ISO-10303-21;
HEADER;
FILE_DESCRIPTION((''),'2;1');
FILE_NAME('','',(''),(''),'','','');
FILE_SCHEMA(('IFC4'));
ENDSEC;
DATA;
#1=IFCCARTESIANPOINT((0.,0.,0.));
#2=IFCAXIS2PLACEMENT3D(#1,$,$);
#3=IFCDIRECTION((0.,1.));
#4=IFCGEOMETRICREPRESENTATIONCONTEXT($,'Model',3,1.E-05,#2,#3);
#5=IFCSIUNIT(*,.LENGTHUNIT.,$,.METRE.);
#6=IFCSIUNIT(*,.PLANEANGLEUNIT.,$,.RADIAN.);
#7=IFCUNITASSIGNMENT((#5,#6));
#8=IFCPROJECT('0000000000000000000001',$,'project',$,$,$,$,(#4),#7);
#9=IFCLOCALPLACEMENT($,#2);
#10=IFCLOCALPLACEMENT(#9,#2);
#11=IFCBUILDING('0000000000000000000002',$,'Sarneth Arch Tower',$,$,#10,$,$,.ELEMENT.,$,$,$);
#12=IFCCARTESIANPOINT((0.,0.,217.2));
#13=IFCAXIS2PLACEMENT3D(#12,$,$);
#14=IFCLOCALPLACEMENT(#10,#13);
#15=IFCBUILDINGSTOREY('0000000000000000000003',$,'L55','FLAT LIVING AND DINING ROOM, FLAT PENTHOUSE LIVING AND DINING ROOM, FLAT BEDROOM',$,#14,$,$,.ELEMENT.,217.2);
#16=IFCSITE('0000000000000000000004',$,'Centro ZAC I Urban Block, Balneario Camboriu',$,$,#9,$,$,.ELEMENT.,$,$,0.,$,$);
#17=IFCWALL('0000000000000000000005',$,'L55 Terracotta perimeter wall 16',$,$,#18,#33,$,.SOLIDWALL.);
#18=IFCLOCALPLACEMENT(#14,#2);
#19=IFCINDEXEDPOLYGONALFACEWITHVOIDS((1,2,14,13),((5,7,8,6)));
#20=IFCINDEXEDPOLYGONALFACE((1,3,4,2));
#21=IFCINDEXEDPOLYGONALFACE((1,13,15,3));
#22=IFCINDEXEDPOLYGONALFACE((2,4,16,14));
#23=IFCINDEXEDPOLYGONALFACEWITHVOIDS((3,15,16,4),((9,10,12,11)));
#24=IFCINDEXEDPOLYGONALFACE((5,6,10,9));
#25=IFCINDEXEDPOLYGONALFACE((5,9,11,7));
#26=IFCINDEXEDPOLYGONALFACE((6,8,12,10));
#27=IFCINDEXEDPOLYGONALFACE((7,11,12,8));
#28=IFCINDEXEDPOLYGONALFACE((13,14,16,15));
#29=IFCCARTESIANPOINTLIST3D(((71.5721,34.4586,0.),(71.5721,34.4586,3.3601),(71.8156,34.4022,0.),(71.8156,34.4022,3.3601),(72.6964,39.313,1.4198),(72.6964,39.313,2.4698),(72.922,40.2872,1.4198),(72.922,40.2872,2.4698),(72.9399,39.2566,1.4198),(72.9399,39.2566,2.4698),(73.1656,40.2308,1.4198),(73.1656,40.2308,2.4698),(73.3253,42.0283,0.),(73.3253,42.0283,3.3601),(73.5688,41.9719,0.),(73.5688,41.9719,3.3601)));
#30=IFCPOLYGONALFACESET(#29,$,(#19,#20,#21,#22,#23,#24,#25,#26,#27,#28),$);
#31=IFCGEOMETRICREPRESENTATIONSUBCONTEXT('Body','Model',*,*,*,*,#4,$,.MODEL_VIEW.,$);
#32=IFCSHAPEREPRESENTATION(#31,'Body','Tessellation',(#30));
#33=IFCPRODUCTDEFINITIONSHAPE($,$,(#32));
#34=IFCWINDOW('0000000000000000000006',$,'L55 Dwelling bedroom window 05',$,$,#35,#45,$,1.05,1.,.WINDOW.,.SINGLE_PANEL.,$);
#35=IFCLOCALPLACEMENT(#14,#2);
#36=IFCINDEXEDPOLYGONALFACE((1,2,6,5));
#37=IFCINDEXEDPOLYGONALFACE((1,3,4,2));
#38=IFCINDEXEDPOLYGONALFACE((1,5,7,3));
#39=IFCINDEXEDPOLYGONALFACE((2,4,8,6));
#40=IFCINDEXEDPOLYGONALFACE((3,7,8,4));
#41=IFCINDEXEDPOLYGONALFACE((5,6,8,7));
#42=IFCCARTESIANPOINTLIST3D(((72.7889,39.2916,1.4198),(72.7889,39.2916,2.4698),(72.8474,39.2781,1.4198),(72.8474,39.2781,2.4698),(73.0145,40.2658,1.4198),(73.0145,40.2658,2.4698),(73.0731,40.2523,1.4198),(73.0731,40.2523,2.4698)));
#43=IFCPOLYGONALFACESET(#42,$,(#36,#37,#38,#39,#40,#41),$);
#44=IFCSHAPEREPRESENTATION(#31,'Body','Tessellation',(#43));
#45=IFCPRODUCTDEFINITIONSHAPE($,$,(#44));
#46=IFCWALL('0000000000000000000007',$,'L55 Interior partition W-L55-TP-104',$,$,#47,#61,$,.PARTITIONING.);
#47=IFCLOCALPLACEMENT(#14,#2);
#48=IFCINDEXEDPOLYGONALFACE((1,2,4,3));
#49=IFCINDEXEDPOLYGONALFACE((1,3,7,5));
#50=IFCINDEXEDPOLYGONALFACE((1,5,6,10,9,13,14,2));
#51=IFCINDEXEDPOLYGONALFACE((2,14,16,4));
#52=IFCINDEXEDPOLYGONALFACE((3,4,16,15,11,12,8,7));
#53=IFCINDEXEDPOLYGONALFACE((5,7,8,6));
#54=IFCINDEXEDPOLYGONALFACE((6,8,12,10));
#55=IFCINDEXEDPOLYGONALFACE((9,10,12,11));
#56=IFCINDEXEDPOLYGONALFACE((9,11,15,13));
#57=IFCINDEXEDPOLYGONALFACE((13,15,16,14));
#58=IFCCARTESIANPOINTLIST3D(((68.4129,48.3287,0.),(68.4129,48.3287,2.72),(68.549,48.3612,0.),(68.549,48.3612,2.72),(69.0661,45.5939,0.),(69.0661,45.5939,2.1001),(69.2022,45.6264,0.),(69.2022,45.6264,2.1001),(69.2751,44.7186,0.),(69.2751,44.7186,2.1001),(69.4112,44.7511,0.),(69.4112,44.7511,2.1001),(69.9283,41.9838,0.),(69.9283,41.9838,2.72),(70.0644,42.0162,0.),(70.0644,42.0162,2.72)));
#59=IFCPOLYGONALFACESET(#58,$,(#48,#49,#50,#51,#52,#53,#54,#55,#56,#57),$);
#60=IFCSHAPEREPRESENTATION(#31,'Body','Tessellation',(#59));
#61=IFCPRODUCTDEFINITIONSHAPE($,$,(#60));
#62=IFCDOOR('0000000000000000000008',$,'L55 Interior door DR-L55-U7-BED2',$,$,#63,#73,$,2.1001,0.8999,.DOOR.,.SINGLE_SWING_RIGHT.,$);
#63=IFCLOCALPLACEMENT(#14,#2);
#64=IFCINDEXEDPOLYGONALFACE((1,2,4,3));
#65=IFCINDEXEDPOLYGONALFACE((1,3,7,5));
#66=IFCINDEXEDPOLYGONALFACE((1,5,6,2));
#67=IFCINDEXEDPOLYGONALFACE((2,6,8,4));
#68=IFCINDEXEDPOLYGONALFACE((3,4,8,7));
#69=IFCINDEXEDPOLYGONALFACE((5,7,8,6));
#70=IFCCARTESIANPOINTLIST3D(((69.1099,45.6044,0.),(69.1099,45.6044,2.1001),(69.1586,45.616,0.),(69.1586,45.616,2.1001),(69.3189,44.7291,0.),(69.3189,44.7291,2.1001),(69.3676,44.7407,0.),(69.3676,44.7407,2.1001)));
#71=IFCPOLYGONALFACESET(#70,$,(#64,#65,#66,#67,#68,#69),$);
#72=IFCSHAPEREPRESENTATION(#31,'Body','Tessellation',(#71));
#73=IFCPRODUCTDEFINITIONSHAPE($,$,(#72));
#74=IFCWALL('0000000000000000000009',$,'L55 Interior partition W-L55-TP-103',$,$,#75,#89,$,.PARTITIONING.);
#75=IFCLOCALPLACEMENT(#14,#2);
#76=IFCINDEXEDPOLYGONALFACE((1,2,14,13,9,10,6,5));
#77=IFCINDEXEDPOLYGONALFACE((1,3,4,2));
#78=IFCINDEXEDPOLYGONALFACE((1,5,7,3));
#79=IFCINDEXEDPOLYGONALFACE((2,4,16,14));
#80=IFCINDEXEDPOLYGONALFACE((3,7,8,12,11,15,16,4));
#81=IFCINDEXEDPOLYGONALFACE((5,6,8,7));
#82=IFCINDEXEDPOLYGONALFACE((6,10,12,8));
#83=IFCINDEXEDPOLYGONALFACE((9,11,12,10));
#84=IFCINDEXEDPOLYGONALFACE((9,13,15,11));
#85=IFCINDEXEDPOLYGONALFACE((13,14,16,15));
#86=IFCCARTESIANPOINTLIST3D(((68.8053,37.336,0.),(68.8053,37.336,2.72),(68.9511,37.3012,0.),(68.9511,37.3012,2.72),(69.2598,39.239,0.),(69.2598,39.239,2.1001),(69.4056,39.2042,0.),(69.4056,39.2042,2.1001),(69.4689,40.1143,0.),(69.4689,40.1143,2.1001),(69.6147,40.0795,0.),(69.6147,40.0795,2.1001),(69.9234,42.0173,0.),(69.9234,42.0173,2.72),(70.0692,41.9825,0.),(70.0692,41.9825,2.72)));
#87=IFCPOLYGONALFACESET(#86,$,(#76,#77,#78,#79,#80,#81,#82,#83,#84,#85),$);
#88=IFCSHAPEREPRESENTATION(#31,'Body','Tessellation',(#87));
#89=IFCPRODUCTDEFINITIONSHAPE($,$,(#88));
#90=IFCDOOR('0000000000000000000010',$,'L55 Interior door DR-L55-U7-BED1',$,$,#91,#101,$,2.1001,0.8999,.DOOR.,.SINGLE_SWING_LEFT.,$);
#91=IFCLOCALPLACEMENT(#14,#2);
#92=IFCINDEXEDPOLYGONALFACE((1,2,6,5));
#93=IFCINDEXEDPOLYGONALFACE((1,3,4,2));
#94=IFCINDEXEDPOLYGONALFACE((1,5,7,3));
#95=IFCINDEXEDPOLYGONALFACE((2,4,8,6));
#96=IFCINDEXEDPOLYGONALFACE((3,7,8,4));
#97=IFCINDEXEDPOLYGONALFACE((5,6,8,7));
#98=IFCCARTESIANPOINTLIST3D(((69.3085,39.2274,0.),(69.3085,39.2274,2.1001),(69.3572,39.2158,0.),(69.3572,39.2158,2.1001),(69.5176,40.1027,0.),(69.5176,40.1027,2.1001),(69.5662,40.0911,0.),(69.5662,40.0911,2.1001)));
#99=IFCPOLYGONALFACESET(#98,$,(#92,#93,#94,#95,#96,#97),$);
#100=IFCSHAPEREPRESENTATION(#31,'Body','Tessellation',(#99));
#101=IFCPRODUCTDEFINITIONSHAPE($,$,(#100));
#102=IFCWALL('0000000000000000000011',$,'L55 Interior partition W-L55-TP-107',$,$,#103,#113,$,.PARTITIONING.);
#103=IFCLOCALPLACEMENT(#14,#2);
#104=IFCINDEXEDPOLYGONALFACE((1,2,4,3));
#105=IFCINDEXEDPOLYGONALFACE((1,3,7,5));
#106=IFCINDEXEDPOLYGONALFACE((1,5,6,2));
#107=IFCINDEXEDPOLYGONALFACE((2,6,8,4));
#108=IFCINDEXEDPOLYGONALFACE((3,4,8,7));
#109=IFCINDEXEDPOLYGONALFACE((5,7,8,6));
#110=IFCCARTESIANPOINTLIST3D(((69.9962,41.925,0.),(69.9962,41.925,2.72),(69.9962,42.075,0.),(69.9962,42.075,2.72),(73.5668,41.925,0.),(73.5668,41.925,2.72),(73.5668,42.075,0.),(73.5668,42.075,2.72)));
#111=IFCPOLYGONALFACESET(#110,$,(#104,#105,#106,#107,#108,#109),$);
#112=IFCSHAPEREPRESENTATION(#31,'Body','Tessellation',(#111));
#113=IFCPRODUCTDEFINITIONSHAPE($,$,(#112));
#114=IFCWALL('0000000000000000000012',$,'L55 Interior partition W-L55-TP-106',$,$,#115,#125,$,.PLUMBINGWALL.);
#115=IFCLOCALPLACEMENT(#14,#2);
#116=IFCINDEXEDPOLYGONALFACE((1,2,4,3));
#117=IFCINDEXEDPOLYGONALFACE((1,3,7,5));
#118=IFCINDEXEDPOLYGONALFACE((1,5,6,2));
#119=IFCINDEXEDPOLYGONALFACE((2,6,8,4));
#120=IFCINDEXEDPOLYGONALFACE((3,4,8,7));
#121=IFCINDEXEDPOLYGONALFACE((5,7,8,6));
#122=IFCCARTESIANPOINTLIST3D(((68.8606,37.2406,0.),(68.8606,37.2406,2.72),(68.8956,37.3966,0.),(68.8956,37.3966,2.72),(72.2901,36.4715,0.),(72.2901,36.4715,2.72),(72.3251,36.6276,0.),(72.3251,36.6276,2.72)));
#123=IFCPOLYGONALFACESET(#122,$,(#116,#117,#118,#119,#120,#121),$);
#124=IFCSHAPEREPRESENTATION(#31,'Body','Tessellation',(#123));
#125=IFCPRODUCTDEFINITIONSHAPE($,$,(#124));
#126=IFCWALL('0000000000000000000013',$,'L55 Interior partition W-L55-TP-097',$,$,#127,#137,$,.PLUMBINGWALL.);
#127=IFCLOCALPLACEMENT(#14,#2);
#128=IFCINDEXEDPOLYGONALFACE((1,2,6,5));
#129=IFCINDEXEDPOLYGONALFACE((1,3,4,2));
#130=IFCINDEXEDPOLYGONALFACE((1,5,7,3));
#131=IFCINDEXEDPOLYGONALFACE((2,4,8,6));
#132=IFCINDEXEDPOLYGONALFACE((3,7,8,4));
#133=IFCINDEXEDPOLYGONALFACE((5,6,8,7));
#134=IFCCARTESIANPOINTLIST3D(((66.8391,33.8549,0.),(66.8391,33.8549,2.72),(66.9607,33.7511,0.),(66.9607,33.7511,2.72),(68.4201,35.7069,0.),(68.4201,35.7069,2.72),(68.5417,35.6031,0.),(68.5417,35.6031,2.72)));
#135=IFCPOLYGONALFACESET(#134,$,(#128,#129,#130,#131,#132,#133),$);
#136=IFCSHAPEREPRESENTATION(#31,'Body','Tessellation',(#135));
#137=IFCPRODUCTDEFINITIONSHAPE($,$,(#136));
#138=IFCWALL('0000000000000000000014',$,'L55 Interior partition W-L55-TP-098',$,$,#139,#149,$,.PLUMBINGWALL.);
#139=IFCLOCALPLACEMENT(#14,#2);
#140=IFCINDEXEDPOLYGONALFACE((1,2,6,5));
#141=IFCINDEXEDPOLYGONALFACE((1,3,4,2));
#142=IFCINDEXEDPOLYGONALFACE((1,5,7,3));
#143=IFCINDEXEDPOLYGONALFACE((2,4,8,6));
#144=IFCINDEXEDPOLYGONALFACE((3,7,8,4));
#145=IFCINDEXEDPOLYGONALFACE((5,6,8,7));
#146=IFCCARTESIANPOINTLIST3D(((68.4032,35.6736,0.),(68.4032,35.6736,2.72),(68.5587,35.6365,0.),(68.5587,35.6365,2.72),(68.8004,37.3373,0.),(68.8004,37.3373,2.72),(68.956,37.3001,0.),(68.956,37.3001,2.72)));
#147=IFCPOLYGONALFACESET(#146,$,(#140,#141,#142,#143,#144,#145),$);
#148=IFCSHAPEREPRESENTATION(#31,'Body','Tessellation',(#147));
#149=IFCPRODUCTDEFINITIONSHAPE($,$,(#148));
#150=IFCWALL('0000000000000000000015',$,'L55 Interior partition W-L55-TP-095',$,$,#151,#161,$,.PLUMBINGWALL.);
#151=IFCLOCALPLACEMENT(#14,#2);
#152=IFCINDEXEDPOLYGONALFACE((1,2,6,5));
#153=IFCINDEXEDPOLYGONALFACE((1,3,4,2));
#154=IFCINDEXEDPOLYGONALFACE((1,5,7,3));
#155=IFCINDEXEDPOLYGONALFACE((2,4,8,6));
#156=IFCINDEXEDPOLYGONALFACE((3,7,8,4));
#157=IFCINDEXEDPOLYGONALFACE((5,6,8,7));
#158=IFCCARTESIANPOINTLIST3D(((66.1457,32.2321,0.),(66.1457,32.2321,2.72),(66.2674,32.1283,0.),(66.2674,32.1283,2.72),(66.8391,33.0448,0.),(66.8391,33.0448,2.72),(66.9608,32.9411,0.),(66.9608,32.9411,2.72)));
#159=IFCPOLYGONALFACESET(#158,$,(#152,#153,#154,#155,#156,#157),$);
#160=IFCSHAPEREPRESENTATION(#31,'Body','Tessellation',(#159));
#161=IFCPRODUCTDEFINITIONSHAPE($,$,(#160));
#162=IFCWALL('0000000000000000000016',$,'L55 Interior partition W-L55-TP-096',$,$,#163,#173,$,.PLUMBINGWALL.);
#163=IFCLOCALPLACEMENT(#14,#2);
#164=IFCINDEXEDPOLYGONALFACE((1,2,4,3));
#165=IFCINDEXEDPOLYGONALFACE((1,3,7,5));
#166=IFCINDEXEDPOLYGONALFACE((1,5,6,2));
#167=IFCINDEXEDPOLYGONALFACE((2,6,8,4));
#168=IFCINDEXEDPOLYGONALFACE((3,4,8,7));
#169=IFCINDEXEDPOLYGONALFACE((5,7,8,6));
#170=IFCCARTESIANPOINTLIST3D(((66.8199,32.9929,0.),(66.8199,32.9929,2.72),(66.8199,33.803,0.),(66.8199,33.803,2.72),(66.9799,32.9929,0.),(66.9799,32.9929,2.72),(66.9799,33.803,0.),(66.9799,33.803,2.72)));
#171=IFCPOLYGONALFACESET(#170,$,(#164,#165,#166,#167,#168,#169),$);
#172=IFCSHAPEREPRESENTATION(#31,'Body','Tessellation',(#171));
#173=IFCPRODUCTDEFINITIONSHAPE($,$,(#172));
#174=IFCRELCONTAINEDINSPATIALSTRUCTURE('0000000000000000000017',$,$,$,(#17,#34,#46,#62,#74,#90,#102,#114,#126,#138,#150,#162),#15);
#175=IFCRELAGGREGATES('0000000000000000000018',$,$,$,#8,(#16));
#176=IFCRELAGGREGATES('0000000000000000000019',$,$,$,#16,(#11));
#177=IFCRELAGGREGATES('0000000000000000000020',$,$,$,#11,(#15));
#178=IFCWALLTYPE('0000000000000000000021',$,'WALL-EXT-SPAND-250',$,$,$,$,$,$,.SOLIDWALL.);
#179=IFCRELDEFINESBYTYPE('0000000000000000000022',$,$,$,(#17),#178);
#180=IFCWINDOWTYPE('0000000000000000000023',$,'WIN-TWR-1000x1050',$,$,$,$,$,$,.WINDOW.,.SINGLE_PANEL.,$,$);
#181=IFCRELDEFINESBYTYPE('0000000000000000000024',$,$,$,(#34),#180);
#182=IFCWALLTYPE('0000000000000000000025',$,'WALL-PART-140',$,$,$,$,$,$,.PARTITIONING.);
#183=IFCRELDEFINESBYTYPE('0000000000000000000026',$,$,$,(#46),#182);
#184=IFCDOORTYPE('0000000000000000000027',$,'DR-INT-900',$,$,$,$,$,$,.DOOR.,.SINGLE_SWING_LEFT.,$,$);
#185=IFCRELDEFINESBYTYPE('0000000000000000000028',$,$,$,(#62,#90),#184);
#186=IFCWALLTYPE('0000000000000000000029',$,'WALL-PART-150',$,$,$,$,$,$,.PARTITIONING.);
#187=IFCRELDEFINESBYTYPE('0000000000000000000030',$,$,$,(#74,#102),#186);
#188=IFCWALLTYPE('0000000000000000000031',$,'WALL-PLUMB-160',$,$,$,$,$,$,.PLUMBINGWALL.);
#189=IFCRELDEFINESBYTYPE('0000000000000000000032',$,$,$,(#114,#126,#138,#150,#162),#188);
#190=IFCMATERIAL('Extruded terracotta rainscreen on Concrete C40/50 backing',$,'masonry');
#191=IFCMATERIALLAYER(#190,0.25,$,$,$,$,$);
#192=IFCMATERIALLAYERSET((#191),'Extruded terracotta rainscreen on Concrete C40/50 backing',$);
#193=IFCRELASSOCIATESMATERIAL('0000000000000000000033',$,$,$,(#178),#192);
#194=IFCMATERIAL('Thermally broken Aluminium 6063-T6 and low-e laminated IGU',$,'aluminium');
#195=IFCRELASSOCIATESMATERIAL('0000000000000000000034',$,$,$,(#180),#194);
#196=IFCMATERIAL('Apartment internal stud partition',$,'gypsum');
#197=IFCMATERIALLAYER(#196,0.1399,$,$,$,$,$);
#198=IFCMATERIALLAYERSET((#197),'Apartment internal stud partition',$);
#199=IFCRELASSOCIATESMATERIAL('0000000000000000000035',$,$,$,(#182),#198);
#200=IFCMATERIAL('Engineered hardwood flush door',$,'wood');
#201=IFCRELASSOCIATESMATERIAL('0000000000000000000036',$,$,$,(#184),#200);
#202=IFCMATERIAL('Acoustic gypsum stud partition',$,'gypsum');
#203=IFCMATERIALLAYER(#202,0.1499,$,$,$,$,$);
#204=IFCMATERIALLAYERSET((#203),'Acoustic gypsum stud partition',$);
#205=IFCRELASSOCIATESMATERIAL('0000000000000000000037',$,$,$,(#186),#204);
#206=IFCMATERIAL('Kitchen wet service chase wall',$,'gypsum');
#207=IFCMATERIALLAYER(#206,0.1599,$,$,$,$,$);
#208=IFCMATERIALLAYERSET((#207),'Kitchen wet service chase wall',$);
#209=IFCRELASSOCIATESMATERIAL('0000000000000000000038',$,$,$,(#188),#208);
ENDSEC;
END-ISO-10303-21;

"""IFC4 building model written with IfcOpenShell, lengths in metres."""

from ifc_helpers import new_model, si_unit, direction, frame, frame_2d, origin, place, context, subcontext, project, spatial, rectangle, extrude, material, layer, layer_set, type_object, element, fill, save


model = new_model("IFC4")

# Units and contexts
model_context = context("Model", 3, precision=1e-05, world=origin(), true_north=direction((0.0, 1.0)))
body_context = subcontext(model_context, "Body", "Model", "MODEL_VIEW")
ifc_project = project(units=[si_unit("LENGTHUNIT", "METRE"), si_unit("PLANEANGLEUNIT", "RADIAN")], contexts=[model_context])

# Site, building, storey
site_placement = place(None, origin())
site = spatial("IfcSite", under=ifc_project, at=site_placement, Name="Centro ZAC I Urban Block, Balneario Camboriu", CompositionType="ELEMENT", RefElevation=0.0)
building_placement = place(site_placement, origin())
building = spatial("IfcBuilding", under=site, at=building_placement, Name="Sarneth Arch Tower", CompositionType="ELEMENT")
storey_placement = place(building_placement, frame((0.0, 0.0, 217.2)))
storey = spatial("IfcBuildingStorey", under=building, at=storey_placement, Name="L55", Description="FLAT LIVING AND DINING ROOM, FLAT PENTHOUSE LIVING AND DINING ROOM, FLAT BEDROOM", CompositionType="ELEMENT", Elevation=217.2)

# Wall, opening, window
ifc_material_1 = material(Name="Extruded terracotta rainscreen on Concrete C40/50 backing", Category="masonry")
ifc_layer_1 = layer(ifc_material_1, 0.25)
ifc_layer_set_1 = layer_set([ifc_layer_1], Name="Extruded terracotta rainscreen on Concrete C40/50 backing")
wall_type_1 = type_object("IfcWallType", Name="WALL-EXT-SPAND-250", PredefinedType="SOLIDWALL", material=ifc_layer_set_1)
wall_1_placement = place(storey_placement, frame((71.6938, 34.4304, 0.0), z_axis=(0.0, 0.0, 1.0), x_axis=(0.225635, 0.974212, 0.0)))
wall_1 = element("IfcWall", 1, at=wall_1_placement, inside=storey, type_object=wall_type_1, Name="L55 Terracotta perimeter wall 16", PredefinedType="SOLIDWALL", context=body_context, shape_type="SweptSolid", body=[
    extrude(rectangle(XDim=7.77, YDim=0.25, at=frame_2d((3.885, 0.0))), origin(), (0.0, 0.0, 1.0), 3.3601),
])
opening_1_placement = place(wall_1_placement, frame((4.9829, 0.0, 1.4199)))
opening_1 = element("IfcOpeningElement", 2, at=opening_1_placement, cuts=wall_1, PredefinedType="OPENING", context=body_context, shape_type="SweptSolid", body=[
    extrude(rectangle(XDim=1.0, YDim=1.05, at=frame_2d((0.5, 0.5249))), frame((0.0, 0.135, 0.0), z_axis=(0.0, -1.0, 0.0), x_axis=(1.0, 0.0, 0.0)), (0.0, 0.0, 1.0), 0.27),
])
ifc_material_2 = material(Name="Thermally broken Aluminium 6063-T6 and low-e laminated IGU", Category="aluminium")
window_type = type_object("IfcWindowType", Name="WIN-TWR-1000x1050", PartitioningType="SINGLE_PANEL", PredefinedType="WINDOW", material=ifc_material_2)
window_placement = place(opening_1_placement, origin())
window = element("IfcWindow", 3, at=window_placement, inside=storey, type_object=window_type, Name="L55 Dwelling bedroom window 05", OverallHeight=1.05, OverallWidth=1.0, PartitioningType="SINGLE_PANEL", PredefinedType="WINDOW", context=body_context, shape_type="SweptSolid", body=[
    extrude(rectangle(XDim=1.0, YDim=1.05, at=frame_2d((0.5, 0.5249))), frame((0.0, 0.03, 0.0), z_axis=(0.0, -1.0, 0.0), x_axis=(1.0, 0.0, 0.0)), (0.0, 0.0, 1.0), 0.0601),
])
fill(opening_1, window)

# Walls, openings, doors
ifc_material_3 = material(Name="Apartment internal stud partition", Category="gypsum")
ifc_layer_2 = layer(ifc_material_3, 0.1399)
ifc_layer_set_2 = layer_set([ifc_layer_2], Name="Apartment internal stud partition")
wall_type_2 = type_object("IfcWallType", Name="WALL-PART-140", PredefinedType="PARTITIONING", material=ifc_layer_set_2)
wall_2_placement = place(storey_placement, frame((69.9963, 42.0, 0.0), z_axis=(0.0, 0.0, 1.0), x_axis=(-0.232298, 0.972645, 0.0)))
wall_2 = element("IfcWall", 4, at=wall_2_placement, inside=storey, type_object=wall_type_2, Name="L55 Interior partition W-L55-TP-104", PredefinedType="PARTITIONING", context=body_context, shape_type="SweptSolid", body=[
    extrude(rectangle(XDim=6.5234, YDim=0.1399, at=frame_2d((3.2617, 0.0))), origin(), (0.0, 0.0, 1.0), 2.72),
])
opening_2_placement = place(wall_2_placement, frame((2.8118, 0.0, 0.0)))
opening_2 = element("IfcOpeningElement", 5, at=opening_2_placement, cuts=wall_2, PredefinedType="OPENING", context=body_context, shape_type="SweptSolid", body=[
    extrude(rectangle(XDim=0.8999, YDim=2.1001, at=frame_2d((0.45, 1.05))), frame((0.0, 0.0798, 0.0), z_axis=(0.0, -1.0, 0.0), x_axis=(1.0, 0.0, 0.0)), (0.0, 0.0, 1.0), 0.1599),
])
ifc_material_4 = material(Name="Engineered hardwood flush door", Category="wood")
door_type_1 = type_object("IfcDoorType", Name="DR-INT-900", OperationType="SINGLE_SWING_LEFT", PredefinedType="DOOR", material=ifc_material_4)
door_1_placement = place(opening_2_placement, origin())
door_1 = element("IfcDoor", 6, at=door_1_placement, inside=storey, type_object=door_type_1, Name="L55 Interior door DR-L55-U7-BED2", OperationType="SINGLE_SWING_RIGHT", OverallHeight=2.1001, OverallWidth=0.8999, PredefinedType="DOOR", context=body_context, shape_type="SweptSolid", body=[
    extrude(rectangle(XDim=0.8999, YDim=2.1001, at=frame_2d((0.45, 1.05))), frame((0.0, 0.0249, 0.0), z_axis=(0.0, -1.0, 0.0), x_axis=(1.0, 0.0, 0.0)), (0.0, 0.0, 1.0), 0.05),
])
fill(opening_2, door_1)
ifc_material_5 = material(Name="Acoustic gypsum stud partition", Category="gypsum")
ifc_layer_3 = layer(ifc_material_5, 0.1499)
ifc_layer_set_3 = layer_set([ifc_layer_3], Name="Acoustic gypsum stud partition")
wall_type_3 = type_object("IfcWallType", Name="WALL-PART-150", PredefinedType="PARTITIONING", material=ifc_layer_set_3)
wall_3_placement = place(storey_placement, frame((68.8782, 37.3186, 0.0), z_axis=(0.0, 0.0, 1.0), x_axis=(0.232318, 0.97264, 0.0)))
wall_3 = element("IfcWall", 7, at=wall_3_placement, inside=storey, type_object=wall_type_3, Name="L55 Interior partition W-L55-TP-103", PredefinedType="PARTITIONING", context=body_context, shape_type="SweptSolid", body=[
    extrude(rectangle(XDim=4.813, YDim=0.1499, at=frame_2d((2.4065, 0.0))), origin(), (0.0, 0.0, 1.0), 2.72),
])
opening_3_placement = place(wall_3_placement, frame((1.9565, 0.0, 0.0)))
opening_3 = element("IfcOpeningElement", 8, at=opening_3_placement, cuts=wall_3, PredefinedType="OPENING", context=body_context, shape_type="SweptSolid", body=[
    extrude(rectangle(XDim=0.8999, YDim=2.1001, at=frame_2d((0.45, 1.05))), frame((0.0, 0.085, 0.0), z_axis=(0.0, -1.0, 0.0), x_axis=(1.0, 0.0, 0.0)), (0.0, 0.0, 1.0), 0.1699),
])
door_2_placement = place(opening_3_placement, origin())
door_2 = element("IfcDoor", 9, at=door_2_placement, inside=storey, type_object=door_type_1, Name="L55 Interior door DR-L55-U7-BED1", OperationType="SINGLE_SWING_LEFT", OverallHeight=2.1001, OverallWidth=0.8999, PredefinedType="DOOR", context=body_context, shape_type="SweptSolid", body=[
    extrude(rectangle(XDim=0.8999, YDim=2.1001, at=frame_2d((0.45, 1.05))), frame((0.0, 0.0249, 0.0), z_axis=(0.0, -1.0, 0.0), x_axis=(1.0, 0.0, 0.0)), (0.0, 0.0, 1.0), 0.05),
])
fill(opening_3, door_2)

# Walls
wall_4_placement = place(storey_placement, frame((69.9963, 42.0, 0.0), z_axis=(0.0, 0.0, 1.0), x_axis=(1.0, 0.0, 0.0)))
element("IfcWall", 10, at=wall_4_placement, inside=storey, type_object=wall_type_3, Name="L55 Interior partition W-L55-TP-107", PredefinedType="PARTITIONING", context=body_context, shape_type="SweptSolid", body=[
    extrude(rectangle(XDim=3.5706, YDim=0.1499, at=frame_2d((1.7852, 0.0))), origin(), (0.0, 0.0, 1.0), 2.72),
])
ifc_material_6 = material(Name="Kitchen wet service chase wall", Category="gypsum")
ifc_layer_4 = layer(ifc_material_6, 0.1599)
ifc_layer_set_4 = layer_set([ifc_layer_4], Name="Kitchen wet service chase wall")
wall_type_4 = type_object("IfcWallType", Name="WALL-PLUMB-160", PredefinedType="PLUMBINGWALL", material=ifc_layer_set_4)
wall_5_placement = place(storey_placement, frame((72.3076, 36.5496, 0.0), z_axis=(0.0, 0.0, 1.0), x_axis=(-0.975767, 0.218813, 0.0)))
element("IfcWall", 11, at=wall_5_placement, inside=storey, type_object=wall_type_4, Name="L55 Interior partition W-L55-TP-106", PredefinedType="PLUMBINGWALL", context=body_context, shape_type="SweptSolid", body=[
    extrude(rectangle(XDim=3.5146, YDim=0.1599, at=frame_2d((1.7573, 0.0))), origin(), (0.0, 0.0, 1.0), 2.72),
])
wall_6_placement = place(storey_placement, frame((66.8999, 33.803, 0.0), z_axis=(0.0, 0.0, 1.0), x_axis=(0.649271, 0.760557, 0.0)))
element("IfcWall", 12, at=wall_6_placement, inside=storey, type_object=wall_type_4, Name="L55 Interior partition W-L55-TP-097", PredefinedType="PLUMBINGWALL", context=body_context, shape_type="SweptSolid", body=[
    extrude(rectangle(XDim=2.4351, YDim=0.1599, at=frame_2d((1.2175, 0.0))), origin(), (0.0, 0.0, 1.0), 2.72),
])
wall_7_placement = place(storey_placement, frame((68.481, 35.655, 0.0), z_axis=(0.0, 0.0, 1.0), x_axis=(0.232244, 0.972657, 0.0)))
element("IfcWall", 13, at=wall_7_placement, inside=storey, type_object=wall_type_4, Name="L55 Interior partition W-L55-TP-098", PredefinedType="PLUMBINGWALL", context=body_context, shape_type="SweptSolid", body=[
    extrude(rectangle(XDim=1.7104, YDim=0.1599, at=frame_2d((0.8552, 0.0))), origin(), (0.0, 0.0, 1.0), 2.72),
])
wall_8_placement = place(storey_placement, frame((66.2065, 32.1802, 0.0), z_axis=(0.0, 0.0, 1.0), x_axis=(0.649021, 0.760771, 0.0)))
element("IfcWall", 14, at=wall_8_placement, inside=storey, type_object=wall_type_4, Name="L55 Interior partition W-L55-TP-095", PredefinedType="PLUMBINGWALL", context=body_context, shape_type="SweptSolid", body=[
    extrude(rectangle(XDim=1.0684, YDim=0.1599, at=frame_2d((0.5342, 0.0))), origin(), (0.0, 0.0, 1.0), 2.72),
])
wall_9_placement = place(storey_placement, frame((66.8999, 32.9929, 0.0), z_axis=(0.0, 0.0, 1.0), x_axis=(0.0, 1.0, 0.0)))
element("IfcWall", 15, at=wall_9_placement, inside=storey, type_object=wall_type_4, Name="L55 Interior partition W-L55-TP-096", PredefinedType="PLUMBINGWALL", context=body_context, shape_type="SweptSolid", body=[
    extrude(rectangle(XDim=0.8101, YDim=0.1599, at=frame_2d((0.405, 0.0))), origin(), (0.0, 0.0, 1.0), 2.72),
])

save(model, "model.ifc")
